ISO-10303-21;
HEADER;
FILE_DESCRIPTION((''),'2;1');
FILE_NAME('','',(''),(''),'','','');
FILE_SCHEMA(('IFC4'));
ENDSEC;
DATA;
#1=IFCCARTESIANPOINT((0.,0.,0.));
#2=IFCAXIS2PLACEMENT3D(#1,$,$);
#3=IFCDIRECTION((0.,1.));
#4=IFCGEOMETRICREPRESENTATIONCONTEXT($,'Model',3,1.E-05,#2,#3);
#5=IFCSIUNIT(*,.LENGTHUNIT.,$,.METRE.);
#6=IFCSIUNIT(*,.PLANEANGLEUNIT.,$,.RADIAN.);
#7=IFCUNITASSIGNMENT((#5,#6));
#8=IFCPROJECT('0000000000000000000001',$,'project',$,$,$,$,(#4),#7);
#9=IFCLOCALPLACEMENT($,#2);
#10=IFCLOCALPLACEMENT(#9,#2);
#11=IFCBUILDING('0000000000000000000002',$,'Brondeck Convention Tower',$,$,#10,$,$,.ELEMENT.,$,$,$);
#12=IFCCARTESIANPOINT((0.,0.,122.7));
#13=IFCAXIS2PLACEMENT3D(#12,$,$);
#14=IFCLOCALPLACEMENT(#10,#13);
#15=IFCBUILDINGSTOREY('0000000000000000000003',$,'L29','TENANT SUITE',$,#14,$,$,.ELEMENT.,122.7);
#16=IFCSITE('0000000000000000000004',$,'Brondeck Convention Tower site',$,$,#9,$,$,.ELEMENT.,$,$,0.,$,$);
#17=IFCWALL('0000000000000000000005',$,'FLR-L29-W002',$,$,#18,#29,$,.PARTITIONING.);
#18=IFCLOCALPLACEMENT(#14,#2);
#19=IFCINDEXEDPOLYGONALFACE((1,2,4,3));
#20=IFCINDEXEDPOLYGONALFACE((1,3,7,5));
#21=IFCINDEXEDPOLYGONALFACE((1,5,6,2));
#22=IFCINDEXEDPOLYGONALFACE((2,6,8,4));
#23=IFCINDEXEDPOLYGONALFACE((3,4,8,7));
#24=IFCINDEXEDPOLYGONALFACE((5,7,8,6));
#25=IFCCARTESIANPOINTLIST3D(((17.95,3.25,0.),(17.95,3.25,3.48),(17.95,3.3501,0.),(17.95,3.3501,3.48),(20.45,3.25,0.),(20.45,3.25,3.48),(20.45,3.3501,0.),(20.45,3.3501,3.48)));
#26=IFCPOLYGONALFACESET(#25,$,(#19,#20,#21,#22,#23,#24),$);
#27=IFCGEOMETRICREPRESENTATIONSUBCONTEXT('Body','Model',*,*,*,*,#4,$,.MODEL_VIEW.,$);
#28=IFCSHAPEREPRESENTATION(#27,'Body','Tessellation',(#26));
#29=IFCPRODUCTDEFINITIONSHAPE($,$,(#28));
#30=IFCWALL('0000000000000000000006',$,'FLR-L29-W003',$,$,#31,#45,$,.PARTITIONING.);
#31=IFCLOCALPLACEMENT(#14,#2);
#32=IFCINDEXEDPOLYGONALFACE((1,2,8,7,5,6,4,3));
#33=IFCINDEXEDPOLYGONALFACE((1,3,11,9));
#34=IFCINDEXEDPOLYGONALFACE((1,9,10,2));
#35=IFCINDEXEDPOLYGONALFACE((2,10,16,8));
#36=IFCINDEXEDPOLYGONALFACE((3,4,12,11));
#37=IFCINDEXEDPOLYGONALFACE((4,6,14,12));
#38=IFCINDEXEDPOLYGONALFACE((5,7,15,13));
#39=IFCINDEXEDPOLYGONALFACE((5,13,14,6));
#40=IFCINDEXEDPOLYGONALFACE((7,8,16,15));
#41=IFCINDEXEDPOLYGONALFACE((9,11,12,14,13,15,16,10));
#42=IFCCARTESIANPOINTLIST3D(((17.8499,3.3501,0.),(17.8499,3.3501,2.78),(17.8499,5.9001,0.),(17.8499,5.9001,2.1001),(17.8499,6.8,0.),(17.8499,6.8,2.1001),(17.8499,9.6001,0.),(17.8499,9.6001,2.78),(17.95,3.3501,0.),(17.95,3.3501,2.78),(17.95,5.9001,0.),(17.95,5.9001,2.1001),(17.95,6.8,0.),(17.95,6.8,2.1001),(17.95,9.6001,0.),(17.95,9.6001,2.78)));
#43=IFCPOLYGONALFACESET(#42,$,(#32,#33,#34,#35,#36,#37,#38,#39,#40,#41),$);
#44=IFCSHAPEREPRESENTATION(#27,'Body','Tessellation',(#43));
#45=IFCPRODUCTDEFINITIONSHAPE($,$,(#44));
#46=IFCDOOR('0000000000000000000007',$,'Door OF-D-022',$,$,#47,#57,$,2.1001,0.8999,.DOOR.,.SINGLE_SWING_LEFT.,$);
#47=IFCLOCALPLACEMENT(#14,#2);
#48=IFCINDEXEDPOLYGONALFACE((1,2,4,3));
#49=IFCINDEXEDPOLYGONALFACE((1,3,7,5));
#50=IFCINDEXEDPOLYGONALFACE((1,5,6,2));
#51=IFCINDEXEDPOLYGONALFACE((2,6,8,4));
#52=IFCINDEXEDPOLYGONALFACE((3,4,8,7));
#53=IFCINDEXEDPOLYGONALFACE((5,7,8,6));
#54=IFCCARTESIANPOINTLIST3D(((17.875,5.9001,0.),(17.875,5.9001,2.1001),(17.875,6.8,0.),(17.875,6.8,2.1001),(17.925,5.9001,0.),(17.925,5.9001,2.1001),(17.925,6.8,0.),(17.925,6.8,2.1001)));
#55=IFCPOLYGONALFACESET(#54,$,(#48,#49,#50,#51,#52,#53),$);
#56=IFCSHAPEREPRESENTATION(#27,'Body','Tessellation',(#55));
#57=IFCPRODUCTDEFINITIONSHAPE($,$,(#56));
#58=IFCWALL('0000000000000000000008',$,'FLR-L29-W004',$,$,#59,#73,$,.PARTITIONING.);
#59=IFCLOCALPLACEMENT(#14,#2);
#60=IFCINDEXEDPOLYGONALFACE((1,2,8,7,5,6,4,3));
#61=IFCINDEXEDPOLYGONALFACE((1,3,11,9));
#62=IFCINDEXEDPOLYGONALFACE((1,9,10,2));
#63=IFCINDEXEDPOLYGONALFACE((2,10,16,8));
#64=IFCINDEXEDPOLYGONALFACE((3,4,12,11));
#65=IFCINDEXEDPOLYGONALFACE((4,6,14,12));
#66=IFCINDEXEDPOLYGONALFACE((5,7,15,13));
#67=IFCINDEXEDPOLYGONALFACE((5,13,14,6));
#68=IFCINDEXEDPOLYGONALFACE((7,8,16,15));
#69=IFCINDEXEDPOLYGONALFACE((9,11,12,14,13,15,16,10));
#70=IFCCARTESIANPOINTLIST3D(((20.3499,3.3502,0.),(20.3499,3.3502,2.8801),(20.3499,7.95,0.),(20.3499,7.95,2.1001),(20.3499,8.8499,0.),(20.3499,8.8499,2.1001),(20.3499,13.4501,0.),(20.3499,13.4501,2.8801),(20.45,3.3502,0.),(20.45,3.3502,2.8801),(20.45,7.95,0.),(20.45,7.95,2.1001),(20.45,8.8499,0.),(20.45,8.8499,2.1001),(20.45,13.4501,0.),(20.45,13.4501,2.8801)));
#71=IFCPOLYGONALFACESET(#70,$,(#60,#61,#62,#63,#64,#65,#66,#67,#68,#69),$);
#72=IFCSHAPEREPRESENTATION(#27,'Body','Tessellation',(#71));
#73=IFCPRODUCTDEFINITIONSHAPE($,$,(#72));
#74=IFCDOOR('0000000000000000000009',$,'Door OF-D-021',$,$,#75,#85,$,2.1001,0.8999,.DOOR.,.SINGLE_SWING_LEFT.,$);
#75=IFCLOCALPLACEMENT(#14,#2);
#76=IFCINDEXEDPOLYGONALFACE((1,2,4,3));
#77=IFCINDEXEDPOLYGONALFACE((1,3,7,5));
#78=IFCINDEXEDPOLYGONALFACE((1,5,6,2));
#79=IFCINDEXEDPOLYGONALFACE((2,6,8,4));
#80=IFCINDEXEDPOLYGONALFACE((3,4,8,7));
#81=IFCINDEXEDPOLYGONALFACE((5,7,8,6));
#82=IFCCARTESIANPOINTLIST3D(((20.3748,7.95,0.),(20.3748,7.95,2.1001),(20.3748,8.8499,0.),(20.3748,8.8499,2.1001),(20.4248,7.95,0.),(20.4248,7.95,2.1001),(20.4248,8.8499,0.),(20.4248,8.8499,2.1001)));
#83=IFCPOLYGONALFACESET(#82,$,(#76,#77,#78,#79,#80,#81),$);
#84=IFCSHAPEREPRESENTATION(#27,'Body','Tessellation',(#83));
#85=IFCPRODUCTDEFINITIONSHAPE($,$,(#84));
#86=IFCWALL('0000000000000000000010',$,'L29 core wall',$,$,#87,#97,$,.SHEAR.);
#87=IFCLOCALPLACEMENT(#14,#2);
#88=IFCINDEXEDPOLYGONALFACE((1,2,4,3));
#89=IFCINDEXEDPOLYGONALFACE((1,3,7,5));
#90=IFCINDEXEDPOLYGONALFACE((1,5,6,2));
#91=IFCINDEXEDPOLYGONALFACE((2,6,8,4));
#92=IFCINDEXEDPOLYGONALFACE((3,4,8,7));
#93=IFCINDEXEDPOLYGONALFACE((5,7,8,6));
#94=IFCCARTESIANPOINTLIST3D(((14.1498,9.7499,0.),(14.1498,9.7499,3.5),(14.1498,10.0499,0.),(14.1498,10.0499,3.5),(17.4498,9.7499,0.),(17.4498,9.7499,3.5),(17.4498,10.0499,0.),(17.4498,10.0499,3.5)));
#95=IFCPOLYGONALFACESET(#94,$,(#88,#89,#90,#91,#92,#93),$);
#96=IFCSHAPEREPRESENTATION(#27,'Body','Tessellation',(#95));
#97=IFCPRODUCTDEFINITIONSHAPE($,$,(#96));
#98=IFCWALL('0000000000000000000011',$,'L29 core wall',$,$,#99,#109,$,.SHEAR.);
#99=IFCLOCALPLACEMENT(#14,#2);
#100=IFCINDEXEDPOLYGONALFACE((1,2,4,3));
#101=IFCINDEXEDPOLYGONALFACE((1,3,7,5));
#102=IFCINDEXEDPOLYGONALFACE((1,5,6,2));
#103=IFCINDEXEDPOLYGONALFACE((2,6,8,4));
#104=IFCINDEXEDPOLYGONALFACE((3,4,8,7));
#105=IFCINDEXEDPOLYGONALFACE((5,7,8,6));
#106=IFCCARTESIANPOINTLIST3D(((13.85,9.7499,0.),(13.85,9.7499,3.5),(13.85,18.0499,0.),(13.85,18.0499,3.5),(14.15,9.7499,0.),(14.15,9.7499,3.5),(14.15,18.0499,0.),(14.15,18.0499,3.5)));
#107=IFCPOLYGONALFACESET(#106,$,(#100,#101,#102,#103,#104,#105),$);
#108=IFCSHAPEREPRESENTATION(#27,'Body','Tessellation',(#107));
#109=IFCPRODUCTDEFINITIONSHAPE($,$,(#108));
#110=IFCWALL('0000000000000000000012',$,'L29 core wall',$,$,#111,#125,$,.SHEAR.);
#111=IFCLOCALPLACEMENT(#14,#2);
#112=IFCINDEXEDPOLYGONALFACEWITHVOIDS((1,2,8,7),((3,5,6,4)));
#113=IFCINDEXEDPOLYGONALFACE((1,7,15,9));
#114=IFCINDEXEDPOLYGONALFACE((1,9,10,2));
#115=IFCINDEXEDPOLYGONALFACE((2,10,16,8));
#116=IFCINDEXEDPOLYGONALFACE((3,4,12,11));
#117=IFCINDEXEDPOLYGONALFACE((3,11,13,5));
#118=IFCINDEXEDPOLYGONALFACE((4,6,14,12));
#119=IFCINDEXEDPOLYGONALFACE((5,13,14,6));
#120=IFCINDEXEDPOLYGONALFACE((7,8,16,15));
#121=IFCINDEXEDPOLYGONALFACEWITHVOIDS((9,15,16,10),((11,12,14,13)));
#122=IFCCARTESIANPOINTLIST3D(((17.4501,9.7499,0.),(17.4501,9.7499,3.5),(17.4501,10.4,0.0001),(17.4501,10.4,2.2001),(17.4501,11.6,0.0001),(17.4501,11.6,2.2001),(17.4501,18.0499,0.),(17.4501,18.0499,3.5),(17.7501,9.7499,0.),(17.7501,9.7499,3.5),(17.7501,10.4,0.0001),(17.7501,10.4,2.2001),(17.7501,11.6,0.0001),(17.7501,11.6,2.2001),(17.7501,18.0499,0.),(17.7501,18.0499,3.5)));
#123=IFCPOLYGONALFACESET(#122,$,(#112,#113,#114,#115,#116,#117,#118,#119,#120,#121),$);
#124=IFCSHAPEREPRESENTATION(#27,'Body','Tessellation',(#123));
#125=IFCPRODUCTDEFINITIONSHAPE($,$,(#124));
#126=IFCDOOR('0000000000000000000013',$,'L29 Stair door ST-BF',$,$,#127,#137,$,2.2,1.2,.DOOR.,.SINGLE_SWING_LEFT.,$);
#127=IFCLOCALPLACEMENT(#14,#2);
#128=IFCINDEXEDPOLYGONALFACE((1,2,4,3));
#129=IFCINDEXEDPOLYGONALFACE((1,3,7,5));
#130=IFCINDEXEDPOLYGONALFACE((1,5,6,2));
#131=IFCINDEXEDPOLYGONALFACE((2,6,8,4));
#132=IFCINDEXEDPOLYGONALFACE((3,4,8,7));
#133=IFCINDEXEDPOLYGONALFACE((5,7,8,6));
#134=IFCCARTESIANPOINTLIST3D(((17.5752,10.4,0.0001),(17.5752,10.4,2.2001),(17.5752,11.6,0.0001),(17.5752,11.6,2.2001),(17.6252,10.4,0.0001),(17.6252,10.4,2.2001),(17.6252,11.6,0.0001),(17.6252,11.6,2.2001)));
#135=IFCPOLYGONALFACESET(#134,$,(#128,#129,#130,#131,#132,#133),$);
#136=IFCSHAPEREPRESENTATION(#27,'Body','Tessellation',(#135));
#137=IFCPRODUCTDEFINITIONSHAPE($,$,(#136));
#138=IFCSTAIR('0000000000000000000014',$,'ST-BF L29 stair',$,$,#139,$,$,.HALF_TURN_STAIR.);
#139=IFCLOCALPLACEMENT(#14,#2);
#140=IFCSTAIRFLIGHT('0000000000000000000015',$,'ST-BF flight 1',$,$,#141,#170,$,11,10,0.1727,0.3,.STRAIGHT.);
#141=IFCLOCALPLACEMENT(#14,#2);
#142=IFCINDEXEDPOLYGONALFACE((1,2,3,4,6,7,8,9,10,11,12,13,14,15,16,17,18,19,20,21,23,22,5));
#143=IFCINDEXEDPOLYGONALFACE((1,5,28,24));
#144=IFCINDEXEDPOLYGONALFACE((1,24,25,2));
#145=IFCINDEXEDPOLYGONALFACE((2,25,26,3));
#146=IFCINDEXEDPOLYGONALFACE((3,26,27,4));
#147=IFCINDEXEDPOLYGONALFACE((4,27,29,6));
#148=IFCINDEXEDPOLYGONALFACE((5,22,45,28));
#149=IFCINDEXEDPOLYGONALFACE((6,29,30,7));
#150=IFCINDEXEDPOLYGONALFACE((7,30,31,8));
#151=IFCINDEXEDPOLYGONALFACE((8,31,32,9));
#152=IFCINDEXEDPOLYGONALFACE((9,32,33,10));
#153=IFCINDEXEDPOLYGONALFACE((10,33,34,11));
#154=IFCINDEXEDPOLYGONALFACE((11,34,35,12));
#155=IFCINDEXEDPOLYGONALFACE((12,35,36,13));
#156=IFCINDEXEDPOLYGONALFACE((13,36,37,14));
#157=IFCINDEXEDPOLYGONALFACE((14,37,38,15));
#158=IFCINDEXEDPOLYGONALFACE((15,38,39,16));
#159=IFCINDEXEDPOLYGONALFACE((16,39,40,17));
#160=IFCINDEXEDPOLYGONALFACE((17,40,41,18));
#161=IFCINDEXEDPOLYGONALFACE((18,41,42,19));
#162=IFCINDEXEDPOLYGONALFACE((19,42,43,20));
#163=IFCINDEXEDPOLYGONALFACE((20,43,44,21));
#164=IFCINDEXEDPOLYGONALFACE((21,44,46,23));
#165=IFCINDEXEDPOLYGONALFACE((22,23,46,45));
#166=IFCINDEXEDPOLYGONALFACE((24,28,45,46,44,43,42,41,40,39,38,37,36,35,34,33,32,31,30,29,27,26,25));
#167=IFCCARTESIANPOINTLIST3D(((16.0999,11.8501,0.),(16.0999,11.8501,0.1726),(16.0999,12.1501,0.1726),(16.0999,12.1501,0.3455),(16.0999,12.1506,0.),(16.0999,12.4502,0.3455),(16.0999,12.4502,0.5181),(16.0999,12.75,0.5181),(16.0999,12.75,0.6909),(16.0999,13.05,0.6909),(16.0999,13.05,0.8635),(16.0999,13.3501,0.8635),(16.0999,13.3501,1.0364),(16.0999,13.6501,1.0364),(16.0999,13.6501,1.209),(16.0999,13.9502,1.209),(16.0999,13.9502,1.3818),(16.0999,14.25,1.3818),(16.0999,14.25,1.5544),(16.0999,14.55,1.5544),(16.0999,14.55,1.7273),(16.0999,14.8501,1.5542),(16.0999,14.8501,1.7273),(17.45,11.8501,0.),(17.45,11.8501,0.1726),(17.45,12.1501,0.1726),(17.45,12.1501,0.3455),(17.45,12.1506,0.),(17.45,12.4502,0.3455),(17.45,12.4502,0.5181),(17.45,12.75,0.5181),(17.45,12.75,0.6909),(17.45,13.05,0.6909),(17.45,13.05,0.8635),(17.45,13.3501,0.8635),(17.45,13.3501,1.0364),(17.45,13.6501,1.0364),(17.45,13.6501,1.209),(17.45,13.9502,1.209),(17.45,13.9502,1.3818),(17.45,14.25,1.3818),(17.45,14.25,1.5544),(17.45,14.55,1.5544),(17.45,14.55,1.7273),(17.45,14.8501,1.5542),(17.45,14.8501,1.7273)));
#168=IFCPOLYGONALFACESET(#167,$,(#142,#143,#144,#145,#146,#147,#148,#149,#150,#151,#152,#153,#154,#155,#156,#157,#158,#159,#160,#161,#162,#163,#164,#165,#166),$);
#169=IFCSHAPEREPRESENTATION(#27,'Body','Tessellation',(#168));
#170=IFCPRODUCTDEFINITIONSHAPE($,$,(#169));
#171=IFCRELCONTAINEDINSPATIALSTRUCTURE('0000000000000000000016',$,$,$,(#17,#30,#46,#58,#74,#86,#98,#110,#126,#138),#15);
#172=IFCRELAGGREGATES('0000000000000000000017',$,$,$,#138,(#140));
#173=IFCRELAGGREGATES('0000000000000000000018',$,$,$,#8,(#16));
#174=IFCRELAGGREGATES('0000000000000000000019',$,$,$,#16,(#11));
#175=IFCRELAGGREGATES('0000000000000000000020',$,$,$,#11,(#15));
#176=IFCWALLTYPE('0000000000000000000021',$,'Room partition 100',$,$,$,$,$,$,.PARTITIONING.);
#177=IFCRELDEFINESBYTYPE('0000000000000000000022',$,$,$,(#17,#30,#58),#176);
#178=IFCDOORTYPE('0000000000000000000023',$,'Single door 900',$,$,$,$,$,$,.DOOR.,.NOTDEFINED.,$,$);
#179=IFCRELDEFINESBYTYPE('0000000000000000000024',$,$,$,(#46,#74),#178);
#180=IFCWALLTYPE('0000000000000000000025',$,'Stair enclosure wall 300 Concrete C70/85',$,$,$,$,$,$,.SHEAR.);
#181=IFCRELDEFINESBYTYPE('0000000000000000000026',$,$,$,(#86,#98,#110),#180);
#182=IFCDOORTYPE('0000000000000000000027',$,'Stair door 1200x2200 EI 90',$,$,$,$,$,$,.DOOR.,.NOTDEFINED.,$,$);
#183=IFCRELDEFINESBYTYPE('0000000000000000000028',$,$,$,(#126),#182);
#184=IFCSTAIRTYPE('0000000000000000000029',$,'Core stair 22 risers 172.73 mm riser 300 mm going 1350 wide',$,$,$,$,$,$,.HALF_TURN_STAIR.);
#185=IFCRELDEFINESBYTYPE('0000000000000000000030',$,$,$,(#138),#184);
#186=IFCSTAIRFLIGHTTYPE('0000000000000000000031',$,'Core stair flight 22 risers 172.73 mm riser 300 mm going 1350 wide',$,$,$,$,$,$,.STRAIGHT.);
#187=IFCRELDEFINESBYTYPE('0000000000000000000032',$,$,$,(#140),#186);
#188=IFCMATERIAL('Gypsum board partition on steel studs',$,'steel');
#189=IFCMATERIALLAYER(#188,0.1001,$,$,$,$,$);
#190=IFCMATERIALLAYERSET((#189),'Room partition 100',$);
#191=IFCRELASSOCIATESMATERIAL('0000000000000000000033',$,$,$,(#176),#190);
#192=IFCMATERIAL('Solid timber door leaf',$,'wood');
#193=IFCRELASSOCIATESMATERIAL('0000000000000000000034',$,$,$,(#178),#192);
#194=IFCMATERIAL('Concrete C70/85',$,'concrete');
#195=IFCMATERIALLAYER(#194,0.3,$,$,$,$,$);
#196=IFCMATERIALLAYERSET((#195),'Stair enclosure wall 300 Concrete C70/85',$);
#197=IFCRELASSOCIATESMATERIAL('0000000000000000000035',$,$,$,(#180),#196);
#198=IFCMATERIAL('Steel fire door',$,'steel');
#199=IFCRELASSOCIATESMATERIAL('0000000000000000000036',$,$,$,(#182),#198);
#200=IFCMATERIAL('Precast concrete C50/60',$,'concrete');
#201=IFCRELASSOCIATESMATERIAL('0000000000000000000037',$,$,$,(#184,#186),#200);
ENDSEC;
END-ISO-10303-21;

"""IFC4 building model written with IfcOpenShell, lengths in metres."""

from ifc_helpers import new_model, si_unit, direction, frame, frame_2d, origin, place, context, subcontext, project, spatial, polyline, rectangle, outline, extrude, material, layer, layer_set, type_object, element, fill, aggregate, save


model = new_model("IFC4")

# Units and contexts
model_context = context("Model", 3, precision=1e-05, world=origin(), true_north=direction((0.0, 1.0)))
body_context = subcontext(model_context, "Body", "Model", "MODEL_VIEW")
ifc_project = project(units=[si_unit("LENGTHUNIT", "METRE"), si_unit("PLANEANGLEUNIT", "RADIAN")], contexts=[model_context])

# Site, building, storey
site_placement = place(None, origin())
site = spatial("IfcSite", under=ifc_project, at=site_placement, Name="Brondeck Convention Tower site", CompositionType="ELEMENT", RefElevation=0.0)
building_placement = place(site_placement, origin())
building = spatial("IfcBuilding", under=site, at=building_placement, Name="Brondeck Convention Tower", CompositionType="ELEMENT")
storey_placement = place(building_placement, frame((0.0, 0.0, 122.7)))
storey = spatial("IfcBuildingStorey", under=building, at=storey_placement, Name="L29", Description="TENANT SUITE", CompositionType="ELEMENT", Elevation=122.7)

# Shared definitions
ifc_material_1 = material(Name="Concrete C70/85", Category="concrete")

# Wall
ifc_material_2 = material(Name="Gypsum board partition on steel studs", Category="steel")
ifc_layer_1 = layer(ifc_material_2, 0.1001)
ifc_layer_set_1 = layer_set([ifc_layer_1], Name="Room partition 100")
wall_type_1 = type_object("IfcWallType", Name="Room partition 100", PredefinedType="PARTITIONING", material=ifc_layer_set_1)
wall_1_placement = place(storey_placement, frame((20.45, 3.3, 0.0), z_axis=(0.0, 0.0, 1.0), x_axis=(-1.0, 0.0, 0.0)))
element("IfcWall", 1, at=wall_1_placement, inside=storey, type_object=wall_type_1, Name="FLR-L29-W002", PredefinedType="PARTITIONING", context=body_context, shape_type="SweptSolid", body=[
    extrude(rectangle(XDim=2.5, YDim=0.1001, at=frame_2d((1.25, 0.0))), origin(), (0.0, 0.0, 1.0), 3.48),
])

# Walls, openings, doors
wall_2_placement = place(storey_placement, frame((17.8999, 3.3501, 0.0), z_axis=(0.0, 0.0, 1.0), x_axis=(0.0, 1.0, 0.0)))
wall_2 = element("IfcWall", 2, at=wall_2_placement, inside=storey, type_object=wall_type_1, Name="FLR-L29-W003", PredefinedType="PARTITIONING", context=body_context, shape_type="SweptSolid", body=[
    extrude(rectangle(XDim=6.25, YDim=0.1001, at=frame_2d((3.125, 0.0))), origin(), (0.0, 0.0, 1.0), 2.78),
])
opening_1_placement = place(wall_2_placement, frame((2.55, 0.0, 0.0)))
opening_1 = element("IfcOpeningElement", 3, at=opening_1_placement, cuts=wall_2, PredefinedType="OPENING", context=body_context, shape_type="SweptSolid", body=[
    extrude(rectangle(XDim=0.8999, YDim=2.1001, at=frame_2d((0.45, 1.05))), frame((0.0, 0.0601, 0.0), z_axis=(0.0, -1.0, 0.0), x_axis=(1.0, 0.0, 0.0)), (0.0, 0.0, 1.0), 0.1201),
])
ifc_material_3 = material(Name="Solid timber door leaf", Category="wood")
door_type_1 = type_object("IfcDoorType", Name="Single door 900", OperationType="NOTDEFINED", PredefinedType="DOOR", material=ifc_material_3)
door_1_placement = place(opening_1_placement, origin())
door_1 = element("IfcDoor", 4, at=door_1_placement, inside=storey, type_object=door_type_1, Name="Door OF-D-022", OperationType="SINGLE_SWING_LEFT", OverallHeight=2.1001, OverallWidth=0.8999, PredefinedType="DOOR", context=body_context, shape_type="SweptSolid", body=[
    extrude(rectangle(XDim=0.8999, YDim=2.1001, at=frame_2d((0.45, 1.05))), frame((0.0, 0.0249, 0.0), z_axis=(0.0, -1.0, 0.0), x_axis=(1.0, 0.0, 0.0)), (0.0, 0.0, 1.0), 0.05),
])
fill(opening_1, door_1)
wall_3_placement = place(storey_placement, frame((20.3999, 13.45, 0.0), z_axis=(0.0, 0.0, 1.0), x_axis=(0.0, -1.0, 0.0)))
wall_3 = element("IfcWall", 5, at=wall_3_placement, inside=storey, type_object=wall_type_1, Name="FLR-L29-W004", PredefinedType="PARTITIONING", context=body_context, shape_type="SweptSolid", body=[
    extrude(rectangle(XDim=10.0999, YDim=0.1001, at=frame_2d((5.0498, 0.0))), origin(), (0.0, 0.0, 1.0), 2.8801),
])
opening_2_placement = place(wall_3_placement, frame((4.6001, 0.0, 0.0)))
opening_2 = element("IfcOpeningElement", 6, at=opening_2_placement, cuts=wall_3, PredefinedType="OPENING", context=body_context, shape_type="SweptSolid", body=[
    extrude(rectangle(XDim=0.8999, YDim=2.1001, at=frame_2d((0.45, 1.05))), frame((0.0, 0.0601, 0.0), z_axis=(0.0, -1.0, 0.0), x_axis=(1.0, 0.0, 0.0)), (0.0, 0.0, 1.0), 0.1201),
])
door_2_placement = place(opening_2_placement, origin())
door_2 = element("IfcDoor", 7, at=door_2_placement, inside=storey, type_object=door_type_1, Name="Door OF-D-021", OperationType="SINGLE_SWING_LEFT", OverallHeight=2.1001, OverallWidth=0.8999, PredefinedType="DOOR", context=body_context, shape_type="SweptSolid", body=[
    extrude(rectangle(XDim=0.8999, YDim=2.1001, at=frame_2d((0.45, 1.05))), frame((0.0, 0.0249, 0.0), z_axis=(0.0, -1.0, 0.0), x_axis=(1.0, 0.0, 0.0)), (0.0, 0.0, 1.0), 0.05),
])
fill(opening_2, door_2)

# Walls
ifc_layer_2 = layer(ifc_material_1, 0.3)
ifc_layer_set_2 = layer_set([ifc_layer_2], Name="Stair enclosure wall 300 Concrete C70/85")
wall_type_2 = type_object("IfcWallType", Name="Stair enclosure wall 300 Concrete C70/85", PredefinedType="SHEAR", material=ifc_layer_set_2)
wall_4_placement = place(storey_placement, frame((14.1499, 9.8999, 0.0), z_axis=(0.0, 0.0, 1.0), x_axis=(1.0, 0.0, 0.0)))
element("IfcWall", 8, at=wall_4_placement, inside=storey, type_object=wall_type_2, Name="L29 core wall", PredefinedType="SHEAR", context=body_context, shape_type="SweptSolid", body=[
    extrude(rectangle(XDim=3.3, YDim=0.3, at=frame_2d((1.6499, 0.0))), origin(), (0.0, 0.0, 1.0), 3.5),
])
wall_5_placement = place(storey_placement, frame((14.0, 9.75, 0.0), z_axis=(0.0, 0.0, 1.0), x_axis=(0.0, 1.0, 0.0)))
element("IfcWall", 9, at=wall_5_placement, inside=storey, type_object=wall_type_2, Name="L29 core wall", PredefinedType="SHEAR", context=body_context, shape_type="SweptSolid", body=[
    extrude(rectangle(XDim=8.3, YDim=0.3, at=frame_2d((4.1499, 0.0))), origin(), (0.0, 0.0, 1.0), 3.5),
])

# Wall, opening, door
wall_6_placement = place(storey_placement, frame((17.6001, 9.75, 0.0), z_axis=(0.0, 0.0, 1.0), x_axis=(0.0, 1.0, 0.0)))
wall_6 = element("IfcWall", 10, at=wall_6_placement, inside=storey, type_object=wall_type_2, Name="L29 core wall", PredefinedType="SHEAR", context=body_context, shape_type="SweptSolid", body=[
    extrude(rectangle(XDim=8.3, YDim=0.3, at=frame_2d((4.1499, 0.0))), origin(), (0.0, 0.0, 1.0), 3.5),
])
opening_3_placement = place(wall_6_placement, frame((0.6499, 0.0, 0.0)))
opening_3 = element("IfcOpeningElement", 11, at=opening_3_placement, cuts=wall_6, PredefinedType="OPENING", context=body_context, shape_type="SweptSolid", body=[
    extrude(rectangle(XDim=1.2, YDim=2.2, at=frame_2d((0.6001, 1.1001))), frame((0.0, 0.1599, 0.0), z_axis=(0.0, -1.0, 0.0), x_axis=(1.0, 0.0, 0.0)), (0.0, 0.0, 1.0), 0.3201),
])
ifc_material_4 = material(Name="Steel fire door", Category="steel")
door_type_2 = type_object("IfcDoorType", Name="Stair door 1200x2200 EI 90", OperationType="NOTDEFINED", PredefinedType="DOOR", material=ifc_material_4)
door_3_placement = place(opening_3_placement, origin())
door_3 = element("IfcDoor", 12, at=door_3_placement, inside=storey, type_object=door_type_2, Name="L29 Stair door ST-BF", OperationType="SINGLE_SWING_LEFT", OverallHeight=2.2, OverallWidth=1.2, PredefinedType="DOOR", context=body_context, shape_type="SweptSolid", body=[
    extrude(rectangle(XDim=1.2, YDim=2.2, at=frame_2d((0.6001, 1.1001))), frame((0.0, 0.0249, 0.0), z_axis=(0.0, -1.0, 0.0), x_axis=(1.0, 0.0, 0.0)), (0.0, 0.0, 1.0), 0.05),
])
fill(opening_3, door_3)

# Stair, stair flight
ifc_material_5 = material(Name="Precast concrete C50/60", Category="concrete")
stair_type = type_object("IfcStairType", Name="Core stair 22 risers 172.73 mm riser 300 mm going 1350 wide", PredefinedType="HALF_TURN_STAIR", material=ifc_material_5)
stair_placement = place(storey_placement, origin())
stair = element("IfcStair", 13, at=stair_placement, inside=storey, type_object=stair_type, Name="ST-BF L29 stair", PredefinedType="HALF_TURN_STAIR")
stair_flight_type = type_object("IfcStairFlightType", Name="Core stair flight 22 risers 172.73 mm riser 300 mm going 1350 wide", PredefinedType="STRAIGHT", material=ifc_material_5)
stair_flight_1_placement = place(storey_placement, frame((16.7749, 11.8501, 0.0), z_axis=(0.0, 0.0, 1.0), x_axis=(0.0, 1.0, 0.0)))
stair_flight_1 = element("IfcStairFlight", 14, at=stair_flight_1_placement, type_object=stair_flight_type, Name="ST-BF flight 1", NumberOfRisers=11, NumberOfTreads=10, PredefinedType="STRAIGHT", RiserHeight=0.1727, TreadLength=0.3, context=body_context, shape_type="SweptSolid", body=[
    extrude(outline(polyline([(0.0, 0.0), (0.0, 0.1726), (0.3, 0.1726), (0.3, 0.3455), (0.6001, 0.3455), (0.6001, 0.5181), (0.8999, 0.5181), (0.8999, 0.6909), (1.2, 0.6909), (1.2, 0.8635), (1.5, 0.8635), (1.5, 1.0364), (1.8, 1.0364), (1.8, 1.209), (2.1001, 1.209), (2.1001, 1.3818), (2.3999, 1.3818), (2.3999, 1.5544), (2.7, 1.5544), (2.7, 1.7273), (3.0, 1.7273), (3.0, 1.8999), (3.0, 1.5542), (0.3005, 0.0), (0.0, 0.0)])), frame((0.0, 0.675, 0.0), z_axis=(0.0, -1.0, 0.0), x_axis=(1.0, 0.0, 0.0)), (0.0, 0.0, 1.0), 1.3501),
])
aggregate(stair, [stair_flight_1])

save(model, "model.ifc")
